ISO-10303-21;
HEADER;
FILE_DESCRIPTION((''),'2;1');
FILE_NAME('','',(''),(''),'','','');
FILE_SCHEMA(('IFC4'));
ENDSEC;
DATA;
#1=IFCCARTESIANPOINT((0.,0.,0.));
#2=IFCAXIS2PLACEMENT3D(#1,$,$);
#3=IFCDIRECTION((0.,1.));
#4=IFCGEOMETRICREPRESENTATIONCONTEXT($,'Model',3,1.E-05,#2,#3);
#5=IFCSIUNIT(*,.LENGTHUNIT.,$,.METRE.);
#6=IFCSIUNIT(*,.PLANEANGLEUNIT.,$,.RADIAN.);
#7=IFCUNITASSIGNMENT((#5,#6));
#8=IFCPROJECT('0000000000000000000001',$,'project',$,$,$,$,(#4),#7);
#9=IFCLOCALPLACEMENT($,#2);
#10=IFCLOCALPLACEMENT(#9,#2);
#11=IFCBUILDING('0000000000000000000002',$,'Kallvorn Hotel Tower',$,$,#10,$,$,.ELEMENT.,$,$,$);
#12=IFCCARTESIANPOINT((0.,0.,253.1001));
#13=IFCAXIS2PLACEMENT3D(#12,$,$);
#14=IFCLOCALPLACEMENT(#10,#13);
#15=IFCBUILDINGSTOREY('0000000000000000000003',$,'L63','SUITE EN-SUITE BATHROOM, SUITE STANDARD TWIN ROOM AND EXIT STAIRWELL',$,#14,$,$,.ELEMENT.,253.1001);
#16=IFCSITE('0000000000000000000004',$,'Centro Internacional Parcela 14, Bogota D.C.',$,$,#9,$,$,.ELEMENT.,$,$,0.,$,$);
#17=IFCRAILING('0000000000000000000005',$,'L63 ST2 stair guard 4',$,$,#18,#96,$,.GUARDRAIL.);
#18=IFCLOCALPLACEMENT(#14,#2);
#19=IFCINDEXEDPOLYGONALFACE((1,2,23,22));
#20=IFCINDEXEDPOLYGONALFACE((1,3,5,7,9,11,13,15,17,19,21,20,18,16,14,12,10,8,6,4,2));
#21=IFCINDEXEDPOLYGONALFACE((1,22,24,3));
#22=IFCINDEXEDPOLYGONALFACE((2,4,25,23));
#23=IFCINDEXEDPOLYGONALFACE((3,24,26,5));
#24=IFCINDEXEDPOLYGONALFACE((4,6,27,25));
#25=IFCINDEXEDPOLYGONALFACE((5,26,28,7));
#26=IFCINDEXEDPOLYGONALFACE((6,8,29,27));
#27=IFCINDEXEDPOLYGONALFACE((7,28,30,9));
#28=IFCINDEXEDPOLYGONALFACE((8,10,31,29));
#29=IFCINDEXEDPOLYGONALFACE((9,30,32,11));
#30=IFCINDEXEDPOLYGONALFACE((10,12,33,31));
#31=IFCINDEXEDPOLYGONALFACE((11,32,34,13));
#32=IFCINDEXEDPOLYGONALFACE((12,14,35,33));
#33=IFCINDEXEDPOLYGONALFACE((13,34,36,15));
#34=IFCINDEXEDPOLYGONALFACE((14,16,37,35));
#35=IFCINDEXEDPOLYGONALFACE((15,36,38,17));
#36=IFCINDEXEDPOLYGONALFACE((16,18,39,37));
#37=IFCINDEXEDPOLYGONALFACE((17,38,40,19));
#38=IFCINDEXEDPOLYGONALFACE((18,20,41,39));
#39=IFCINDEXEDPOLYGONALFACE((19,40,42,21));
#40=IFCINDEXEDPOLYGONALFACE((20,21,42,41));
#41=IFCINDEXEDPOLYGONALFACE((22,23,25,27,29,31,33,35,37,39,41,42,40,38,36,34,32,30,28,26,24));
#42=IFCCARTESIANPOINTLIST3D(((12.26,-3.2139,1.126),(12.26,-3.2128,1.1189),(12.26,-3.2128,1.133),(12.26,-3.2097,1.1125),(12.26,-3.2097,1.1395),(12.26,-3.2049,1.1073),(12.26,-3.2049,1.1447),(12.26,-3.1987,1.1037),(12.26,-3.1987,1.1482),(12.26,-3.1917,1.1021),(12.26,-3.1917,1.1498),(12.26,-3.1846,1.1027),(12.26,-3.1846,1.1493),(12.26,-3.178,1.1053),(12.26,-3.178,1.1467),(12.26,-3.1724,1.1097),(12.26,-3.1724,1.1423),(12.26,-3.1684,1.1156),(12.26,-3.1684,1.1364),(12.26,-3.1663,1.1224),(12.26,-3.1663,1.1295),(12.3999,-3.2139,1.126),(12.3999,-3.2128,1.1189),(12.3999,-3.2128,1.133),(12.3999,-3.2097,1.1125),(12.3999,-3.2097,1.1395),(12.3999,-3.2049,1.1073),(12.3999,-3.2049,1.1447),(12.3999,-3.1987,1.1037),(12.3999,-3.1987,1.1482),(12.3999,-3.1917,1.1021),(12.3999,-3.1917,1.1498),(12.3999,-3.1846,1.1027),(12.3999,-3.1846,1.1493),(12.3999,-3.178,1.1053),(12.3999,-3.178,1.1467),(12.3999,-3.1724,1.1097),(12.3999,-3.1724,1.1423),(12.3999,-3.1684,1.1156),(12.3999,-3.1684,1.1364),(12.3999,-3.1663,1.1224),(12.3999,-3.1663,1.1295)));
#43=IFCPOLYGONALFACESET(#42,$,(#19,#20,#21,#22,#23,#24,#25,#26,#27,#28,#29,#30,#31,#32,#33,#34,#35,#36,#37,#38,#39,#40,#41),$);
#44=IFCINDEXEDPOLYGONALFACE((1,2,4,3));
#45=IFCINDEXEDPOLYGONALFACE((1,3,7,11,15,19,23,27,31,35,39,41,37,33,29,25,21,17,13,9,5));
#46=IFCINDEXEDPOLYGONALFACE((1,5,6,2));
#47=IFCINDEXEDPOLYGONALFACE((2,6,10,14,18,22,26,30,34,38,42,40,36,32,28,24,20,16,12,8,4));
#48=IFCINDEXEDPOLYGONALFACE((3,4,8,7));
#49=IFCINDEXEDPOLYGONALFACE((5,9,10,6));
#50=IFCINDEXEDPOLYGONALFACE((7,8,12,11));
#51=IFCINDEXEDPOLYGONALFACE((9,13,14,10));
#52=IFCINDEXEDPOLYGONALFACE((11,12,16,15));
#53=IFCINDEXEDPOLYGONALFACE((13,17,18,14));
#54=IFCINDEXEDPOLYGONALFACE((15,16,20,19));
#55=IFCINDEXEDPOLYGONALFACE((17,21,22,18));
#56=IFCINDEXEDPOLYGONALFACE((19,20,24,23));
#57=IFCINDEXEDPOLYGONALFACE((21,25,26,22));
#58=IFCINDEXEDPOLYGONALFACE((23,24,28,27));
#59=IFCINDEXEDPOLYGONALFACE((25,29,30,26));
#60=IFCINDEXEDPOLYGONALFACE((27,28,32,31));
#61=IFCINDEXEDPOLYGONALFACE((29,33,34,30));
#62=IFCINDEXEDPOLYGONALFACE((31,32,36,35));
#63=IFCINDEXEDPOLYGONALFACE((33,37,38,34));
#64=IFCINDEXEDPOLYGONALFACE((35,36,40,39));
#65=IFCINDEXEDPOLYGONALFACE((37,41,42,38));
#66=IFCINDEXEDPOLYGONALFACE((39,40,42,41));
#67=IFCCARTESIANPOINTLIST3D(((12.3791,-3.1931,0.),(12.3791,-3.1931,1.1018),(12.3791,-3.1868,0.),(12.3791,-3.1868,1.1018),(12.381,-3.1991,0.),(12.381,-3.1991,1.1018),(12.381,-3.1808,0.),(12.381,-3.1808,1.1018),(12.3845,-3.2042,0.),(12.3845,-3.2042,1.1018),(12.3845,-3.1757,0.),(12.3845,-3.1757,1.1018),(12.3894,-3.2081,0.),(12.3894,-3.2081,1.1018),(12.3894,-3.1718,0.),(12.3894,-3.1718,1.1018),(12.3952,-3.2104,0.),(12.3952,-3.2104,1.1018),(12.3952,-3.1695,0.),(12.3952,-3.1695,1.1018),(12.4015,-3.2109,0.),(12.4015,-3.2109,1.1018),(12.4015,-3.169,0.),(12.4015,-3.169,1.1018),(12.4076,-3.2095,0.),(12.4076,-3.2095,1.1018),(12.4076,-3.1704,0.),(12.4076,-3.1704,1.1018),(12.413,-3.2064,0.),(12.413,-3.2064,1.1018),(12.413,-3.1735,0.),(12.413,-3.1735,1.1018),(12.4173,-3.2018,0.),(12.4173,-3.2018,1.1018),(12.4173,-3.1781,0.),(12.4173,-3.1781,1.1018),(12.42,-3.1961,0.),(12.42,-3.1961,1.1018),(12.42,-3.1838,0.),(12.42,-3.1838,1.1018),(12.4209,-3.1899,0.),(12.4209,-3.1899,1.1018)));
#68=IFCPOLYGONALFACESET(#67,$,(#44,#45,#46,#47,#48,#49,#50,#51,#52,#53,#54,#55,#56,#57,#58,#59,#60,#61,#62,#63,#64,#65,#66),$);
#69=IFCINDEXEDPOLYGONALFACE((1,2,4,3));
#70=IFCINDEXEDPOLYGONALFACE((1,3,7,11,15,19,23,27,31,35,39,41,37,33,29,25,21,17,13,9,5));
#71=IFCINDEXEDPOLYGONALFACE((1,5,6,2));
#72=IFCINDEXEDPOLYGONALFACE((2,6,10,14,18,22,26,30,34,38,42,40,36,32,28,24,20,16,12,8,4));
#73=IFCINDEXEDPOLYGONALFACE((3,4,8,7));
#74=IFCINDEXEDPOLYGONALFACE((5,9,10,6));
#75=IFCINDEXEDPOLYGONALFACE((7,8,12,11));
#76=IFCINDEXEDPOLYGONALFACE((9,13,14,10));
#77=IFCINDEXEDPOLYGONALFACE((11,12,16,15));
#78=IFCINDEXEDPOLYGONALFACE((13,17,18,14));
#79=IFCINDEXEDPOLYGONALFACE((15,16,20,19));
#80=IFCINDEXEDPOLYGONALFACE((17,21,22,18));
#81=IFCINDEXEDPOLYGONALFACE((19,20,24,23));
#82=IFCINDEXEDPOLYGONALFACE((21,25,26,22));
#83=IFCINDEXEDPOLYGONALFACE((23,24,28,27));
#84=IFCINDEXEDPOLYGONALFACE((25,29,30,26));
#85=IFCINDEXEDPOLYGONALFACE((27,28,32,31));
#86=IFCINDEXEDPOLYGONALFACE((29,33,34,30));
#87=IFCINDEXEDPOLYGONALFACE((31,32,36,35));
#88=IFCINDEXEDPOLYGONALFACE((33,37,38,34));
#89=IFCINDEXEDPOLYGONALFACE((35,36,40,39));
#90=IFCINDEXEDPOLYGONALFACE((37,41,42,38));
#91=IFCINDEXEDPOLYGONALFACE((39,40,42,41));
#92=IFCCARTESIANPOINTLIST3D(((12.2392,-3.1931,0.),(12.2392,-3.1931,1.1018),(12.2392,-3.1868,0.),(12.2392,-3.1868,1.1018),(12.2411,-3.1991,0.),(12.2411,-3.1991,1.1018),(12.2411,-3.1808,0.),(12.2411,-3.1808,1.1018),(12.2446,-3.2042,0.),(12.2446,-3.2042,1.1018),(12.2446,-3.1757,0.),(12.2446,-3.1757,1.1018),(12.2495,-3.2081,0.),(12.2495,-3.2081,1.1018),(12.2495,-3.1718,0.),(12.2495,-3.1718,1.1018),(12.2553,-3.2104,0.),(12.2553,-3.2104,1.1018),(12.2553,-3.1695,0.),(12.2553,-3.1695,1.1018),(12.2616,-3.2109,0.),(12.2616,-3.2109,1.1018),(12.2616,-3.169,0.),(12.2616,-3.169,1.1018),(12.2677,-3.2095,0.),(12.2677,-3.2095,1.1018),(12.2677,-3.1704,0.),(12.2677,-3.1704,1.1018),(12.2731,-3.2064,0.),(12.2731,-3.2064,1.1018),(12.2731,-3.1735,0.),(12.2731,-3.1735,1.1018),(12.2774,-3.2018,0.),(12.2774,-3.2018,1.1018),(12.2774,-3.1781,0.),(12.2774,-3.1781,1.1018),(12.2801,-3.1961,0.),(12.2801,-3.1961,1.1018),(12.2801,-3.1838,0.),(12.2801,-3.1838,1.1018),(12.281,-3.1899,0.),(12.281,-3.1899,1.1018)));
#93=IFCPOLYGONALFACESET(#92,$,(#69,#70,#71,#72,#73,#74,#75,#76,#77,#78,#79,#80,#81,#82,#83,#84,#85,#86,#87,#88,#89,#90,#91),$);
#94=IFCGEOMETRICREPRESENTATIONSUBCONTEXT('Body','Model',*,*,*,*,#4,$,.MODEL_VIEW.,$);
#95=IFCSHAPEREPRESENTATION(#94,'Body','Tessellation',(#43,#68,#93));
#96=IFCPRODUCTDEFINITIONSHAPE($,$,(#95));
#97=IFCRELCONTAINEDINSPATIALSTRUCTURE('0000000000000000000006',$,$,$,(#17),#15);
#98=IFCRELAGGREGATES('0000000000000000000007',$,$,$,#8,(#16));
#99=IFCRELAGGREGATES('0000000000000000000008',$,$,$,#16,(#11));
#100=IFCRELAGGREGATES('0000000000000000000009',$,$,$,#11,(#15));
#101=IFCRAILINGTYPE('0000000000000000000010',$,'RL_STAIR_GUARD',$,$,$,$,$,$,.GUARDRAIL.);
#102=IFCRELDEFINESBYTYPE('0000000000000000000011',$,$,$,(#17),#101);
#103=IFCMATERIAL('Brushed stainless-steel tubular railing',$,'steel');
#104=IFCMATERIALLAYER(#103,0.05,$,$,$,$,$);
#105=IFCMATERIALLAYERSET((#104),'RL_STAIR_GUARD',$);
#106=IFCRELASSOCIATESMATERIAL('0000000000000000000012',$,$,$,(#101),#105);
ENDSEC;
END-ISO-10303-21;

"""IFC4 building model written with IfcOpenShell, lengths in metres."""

from ifc_helpers import new_model, si_unit, direction, frame, origin, origin_2d, place, context, subcontext, project, spatial, circle, extrude, material, layer, layer_set, type_object, element, save


model = new_model("IFC4")

# Units and contexts
model_context = context("Model", 3, precision=1e-05, world=origin(), true_north=direction((0.0, 1.0)))
body_context = subcontext(model_context, "Body", "Model", "MODEL_VIEW")
ifc_project = project(units=[si_unit("LENGTHUNIT", "METRE"), si_unit("PLANEANGLEUNIT", "RADIAN")], contexts=[model_context])

# Site, building, storey
site_placement = place(None, origin())
site = spatial("IfcSite", under=ifc_project, at=site_placement, Name="Centro Internacional Parcela 14, Bogota D.C.", CompositionType="ELEMENT", RefElevation=0.0)
building_placement = place(site_placement, origin())
building = spatial("IfcBuilding", under=site, at=building_placement, Name="Kallvorn Hotel Tower", CompositionType="ELEMENT")
storey_placement = place(building_placement, frame((0.0, 0.0, 253.1001)))
storey = spatial("IfcBuildingStorey", under=building, at=storey_placement, Name="L63", Description="SUITE EN-SUITE BATHROOM, SUITE STANDARD TWIN ROOM AND EXIT STAIRWELL", CompositionType="ELEMENT", Elevation=253.1001)

# Railing
ifc_material_1 = material(Name="Brushed stainless-steel tubular railing", Category="steel")
ifc_layer_1 = layer(ifc_material_1, 0.05)
ifc_layer_set_1 = layer_set([ifc_layer_1], Name="RL_STAIR_GUARD")
railing_type_1 = type_object("IfcRailingType", Name="RL_STAIR_GUARD", PredefinedType="GUARDRAIL", material=ifc_layer_set_1)
railing_1_placement = place(storey_placement, frame((12.3999, -3.1899, 0.0)))
element("IfcRailing", 1, at=railing_1_placement, inside=storey, type_object=railing_type_1, Name="L63 ST2 stair guard 4", PredefinedType="GUARDRAIL", context=body_context, shape_type="SweptSolid", body=[
    extrude(circle(Radius=0.0239, at=origin_2d()), frame((0.0, 0.0, 1.126), z_axis=(-1.0, 0.0, 0.0), x_axis=(0.0, -1.0, 0.0)), (0.0, 0.0, 1.0), 0.1399),
    extrude(circle(Radius=0.021, at=origin_2d()), origin(), (0.0, 0.0, 1.0), 1.1018),
    extrude(circle(Radius=0.021, at=origin_2d()), frame((-0.1399, 0.0, 0.0)), (0.0, 0.0, 1.0), 1.1018),
])

save(model, "model.ifc")
